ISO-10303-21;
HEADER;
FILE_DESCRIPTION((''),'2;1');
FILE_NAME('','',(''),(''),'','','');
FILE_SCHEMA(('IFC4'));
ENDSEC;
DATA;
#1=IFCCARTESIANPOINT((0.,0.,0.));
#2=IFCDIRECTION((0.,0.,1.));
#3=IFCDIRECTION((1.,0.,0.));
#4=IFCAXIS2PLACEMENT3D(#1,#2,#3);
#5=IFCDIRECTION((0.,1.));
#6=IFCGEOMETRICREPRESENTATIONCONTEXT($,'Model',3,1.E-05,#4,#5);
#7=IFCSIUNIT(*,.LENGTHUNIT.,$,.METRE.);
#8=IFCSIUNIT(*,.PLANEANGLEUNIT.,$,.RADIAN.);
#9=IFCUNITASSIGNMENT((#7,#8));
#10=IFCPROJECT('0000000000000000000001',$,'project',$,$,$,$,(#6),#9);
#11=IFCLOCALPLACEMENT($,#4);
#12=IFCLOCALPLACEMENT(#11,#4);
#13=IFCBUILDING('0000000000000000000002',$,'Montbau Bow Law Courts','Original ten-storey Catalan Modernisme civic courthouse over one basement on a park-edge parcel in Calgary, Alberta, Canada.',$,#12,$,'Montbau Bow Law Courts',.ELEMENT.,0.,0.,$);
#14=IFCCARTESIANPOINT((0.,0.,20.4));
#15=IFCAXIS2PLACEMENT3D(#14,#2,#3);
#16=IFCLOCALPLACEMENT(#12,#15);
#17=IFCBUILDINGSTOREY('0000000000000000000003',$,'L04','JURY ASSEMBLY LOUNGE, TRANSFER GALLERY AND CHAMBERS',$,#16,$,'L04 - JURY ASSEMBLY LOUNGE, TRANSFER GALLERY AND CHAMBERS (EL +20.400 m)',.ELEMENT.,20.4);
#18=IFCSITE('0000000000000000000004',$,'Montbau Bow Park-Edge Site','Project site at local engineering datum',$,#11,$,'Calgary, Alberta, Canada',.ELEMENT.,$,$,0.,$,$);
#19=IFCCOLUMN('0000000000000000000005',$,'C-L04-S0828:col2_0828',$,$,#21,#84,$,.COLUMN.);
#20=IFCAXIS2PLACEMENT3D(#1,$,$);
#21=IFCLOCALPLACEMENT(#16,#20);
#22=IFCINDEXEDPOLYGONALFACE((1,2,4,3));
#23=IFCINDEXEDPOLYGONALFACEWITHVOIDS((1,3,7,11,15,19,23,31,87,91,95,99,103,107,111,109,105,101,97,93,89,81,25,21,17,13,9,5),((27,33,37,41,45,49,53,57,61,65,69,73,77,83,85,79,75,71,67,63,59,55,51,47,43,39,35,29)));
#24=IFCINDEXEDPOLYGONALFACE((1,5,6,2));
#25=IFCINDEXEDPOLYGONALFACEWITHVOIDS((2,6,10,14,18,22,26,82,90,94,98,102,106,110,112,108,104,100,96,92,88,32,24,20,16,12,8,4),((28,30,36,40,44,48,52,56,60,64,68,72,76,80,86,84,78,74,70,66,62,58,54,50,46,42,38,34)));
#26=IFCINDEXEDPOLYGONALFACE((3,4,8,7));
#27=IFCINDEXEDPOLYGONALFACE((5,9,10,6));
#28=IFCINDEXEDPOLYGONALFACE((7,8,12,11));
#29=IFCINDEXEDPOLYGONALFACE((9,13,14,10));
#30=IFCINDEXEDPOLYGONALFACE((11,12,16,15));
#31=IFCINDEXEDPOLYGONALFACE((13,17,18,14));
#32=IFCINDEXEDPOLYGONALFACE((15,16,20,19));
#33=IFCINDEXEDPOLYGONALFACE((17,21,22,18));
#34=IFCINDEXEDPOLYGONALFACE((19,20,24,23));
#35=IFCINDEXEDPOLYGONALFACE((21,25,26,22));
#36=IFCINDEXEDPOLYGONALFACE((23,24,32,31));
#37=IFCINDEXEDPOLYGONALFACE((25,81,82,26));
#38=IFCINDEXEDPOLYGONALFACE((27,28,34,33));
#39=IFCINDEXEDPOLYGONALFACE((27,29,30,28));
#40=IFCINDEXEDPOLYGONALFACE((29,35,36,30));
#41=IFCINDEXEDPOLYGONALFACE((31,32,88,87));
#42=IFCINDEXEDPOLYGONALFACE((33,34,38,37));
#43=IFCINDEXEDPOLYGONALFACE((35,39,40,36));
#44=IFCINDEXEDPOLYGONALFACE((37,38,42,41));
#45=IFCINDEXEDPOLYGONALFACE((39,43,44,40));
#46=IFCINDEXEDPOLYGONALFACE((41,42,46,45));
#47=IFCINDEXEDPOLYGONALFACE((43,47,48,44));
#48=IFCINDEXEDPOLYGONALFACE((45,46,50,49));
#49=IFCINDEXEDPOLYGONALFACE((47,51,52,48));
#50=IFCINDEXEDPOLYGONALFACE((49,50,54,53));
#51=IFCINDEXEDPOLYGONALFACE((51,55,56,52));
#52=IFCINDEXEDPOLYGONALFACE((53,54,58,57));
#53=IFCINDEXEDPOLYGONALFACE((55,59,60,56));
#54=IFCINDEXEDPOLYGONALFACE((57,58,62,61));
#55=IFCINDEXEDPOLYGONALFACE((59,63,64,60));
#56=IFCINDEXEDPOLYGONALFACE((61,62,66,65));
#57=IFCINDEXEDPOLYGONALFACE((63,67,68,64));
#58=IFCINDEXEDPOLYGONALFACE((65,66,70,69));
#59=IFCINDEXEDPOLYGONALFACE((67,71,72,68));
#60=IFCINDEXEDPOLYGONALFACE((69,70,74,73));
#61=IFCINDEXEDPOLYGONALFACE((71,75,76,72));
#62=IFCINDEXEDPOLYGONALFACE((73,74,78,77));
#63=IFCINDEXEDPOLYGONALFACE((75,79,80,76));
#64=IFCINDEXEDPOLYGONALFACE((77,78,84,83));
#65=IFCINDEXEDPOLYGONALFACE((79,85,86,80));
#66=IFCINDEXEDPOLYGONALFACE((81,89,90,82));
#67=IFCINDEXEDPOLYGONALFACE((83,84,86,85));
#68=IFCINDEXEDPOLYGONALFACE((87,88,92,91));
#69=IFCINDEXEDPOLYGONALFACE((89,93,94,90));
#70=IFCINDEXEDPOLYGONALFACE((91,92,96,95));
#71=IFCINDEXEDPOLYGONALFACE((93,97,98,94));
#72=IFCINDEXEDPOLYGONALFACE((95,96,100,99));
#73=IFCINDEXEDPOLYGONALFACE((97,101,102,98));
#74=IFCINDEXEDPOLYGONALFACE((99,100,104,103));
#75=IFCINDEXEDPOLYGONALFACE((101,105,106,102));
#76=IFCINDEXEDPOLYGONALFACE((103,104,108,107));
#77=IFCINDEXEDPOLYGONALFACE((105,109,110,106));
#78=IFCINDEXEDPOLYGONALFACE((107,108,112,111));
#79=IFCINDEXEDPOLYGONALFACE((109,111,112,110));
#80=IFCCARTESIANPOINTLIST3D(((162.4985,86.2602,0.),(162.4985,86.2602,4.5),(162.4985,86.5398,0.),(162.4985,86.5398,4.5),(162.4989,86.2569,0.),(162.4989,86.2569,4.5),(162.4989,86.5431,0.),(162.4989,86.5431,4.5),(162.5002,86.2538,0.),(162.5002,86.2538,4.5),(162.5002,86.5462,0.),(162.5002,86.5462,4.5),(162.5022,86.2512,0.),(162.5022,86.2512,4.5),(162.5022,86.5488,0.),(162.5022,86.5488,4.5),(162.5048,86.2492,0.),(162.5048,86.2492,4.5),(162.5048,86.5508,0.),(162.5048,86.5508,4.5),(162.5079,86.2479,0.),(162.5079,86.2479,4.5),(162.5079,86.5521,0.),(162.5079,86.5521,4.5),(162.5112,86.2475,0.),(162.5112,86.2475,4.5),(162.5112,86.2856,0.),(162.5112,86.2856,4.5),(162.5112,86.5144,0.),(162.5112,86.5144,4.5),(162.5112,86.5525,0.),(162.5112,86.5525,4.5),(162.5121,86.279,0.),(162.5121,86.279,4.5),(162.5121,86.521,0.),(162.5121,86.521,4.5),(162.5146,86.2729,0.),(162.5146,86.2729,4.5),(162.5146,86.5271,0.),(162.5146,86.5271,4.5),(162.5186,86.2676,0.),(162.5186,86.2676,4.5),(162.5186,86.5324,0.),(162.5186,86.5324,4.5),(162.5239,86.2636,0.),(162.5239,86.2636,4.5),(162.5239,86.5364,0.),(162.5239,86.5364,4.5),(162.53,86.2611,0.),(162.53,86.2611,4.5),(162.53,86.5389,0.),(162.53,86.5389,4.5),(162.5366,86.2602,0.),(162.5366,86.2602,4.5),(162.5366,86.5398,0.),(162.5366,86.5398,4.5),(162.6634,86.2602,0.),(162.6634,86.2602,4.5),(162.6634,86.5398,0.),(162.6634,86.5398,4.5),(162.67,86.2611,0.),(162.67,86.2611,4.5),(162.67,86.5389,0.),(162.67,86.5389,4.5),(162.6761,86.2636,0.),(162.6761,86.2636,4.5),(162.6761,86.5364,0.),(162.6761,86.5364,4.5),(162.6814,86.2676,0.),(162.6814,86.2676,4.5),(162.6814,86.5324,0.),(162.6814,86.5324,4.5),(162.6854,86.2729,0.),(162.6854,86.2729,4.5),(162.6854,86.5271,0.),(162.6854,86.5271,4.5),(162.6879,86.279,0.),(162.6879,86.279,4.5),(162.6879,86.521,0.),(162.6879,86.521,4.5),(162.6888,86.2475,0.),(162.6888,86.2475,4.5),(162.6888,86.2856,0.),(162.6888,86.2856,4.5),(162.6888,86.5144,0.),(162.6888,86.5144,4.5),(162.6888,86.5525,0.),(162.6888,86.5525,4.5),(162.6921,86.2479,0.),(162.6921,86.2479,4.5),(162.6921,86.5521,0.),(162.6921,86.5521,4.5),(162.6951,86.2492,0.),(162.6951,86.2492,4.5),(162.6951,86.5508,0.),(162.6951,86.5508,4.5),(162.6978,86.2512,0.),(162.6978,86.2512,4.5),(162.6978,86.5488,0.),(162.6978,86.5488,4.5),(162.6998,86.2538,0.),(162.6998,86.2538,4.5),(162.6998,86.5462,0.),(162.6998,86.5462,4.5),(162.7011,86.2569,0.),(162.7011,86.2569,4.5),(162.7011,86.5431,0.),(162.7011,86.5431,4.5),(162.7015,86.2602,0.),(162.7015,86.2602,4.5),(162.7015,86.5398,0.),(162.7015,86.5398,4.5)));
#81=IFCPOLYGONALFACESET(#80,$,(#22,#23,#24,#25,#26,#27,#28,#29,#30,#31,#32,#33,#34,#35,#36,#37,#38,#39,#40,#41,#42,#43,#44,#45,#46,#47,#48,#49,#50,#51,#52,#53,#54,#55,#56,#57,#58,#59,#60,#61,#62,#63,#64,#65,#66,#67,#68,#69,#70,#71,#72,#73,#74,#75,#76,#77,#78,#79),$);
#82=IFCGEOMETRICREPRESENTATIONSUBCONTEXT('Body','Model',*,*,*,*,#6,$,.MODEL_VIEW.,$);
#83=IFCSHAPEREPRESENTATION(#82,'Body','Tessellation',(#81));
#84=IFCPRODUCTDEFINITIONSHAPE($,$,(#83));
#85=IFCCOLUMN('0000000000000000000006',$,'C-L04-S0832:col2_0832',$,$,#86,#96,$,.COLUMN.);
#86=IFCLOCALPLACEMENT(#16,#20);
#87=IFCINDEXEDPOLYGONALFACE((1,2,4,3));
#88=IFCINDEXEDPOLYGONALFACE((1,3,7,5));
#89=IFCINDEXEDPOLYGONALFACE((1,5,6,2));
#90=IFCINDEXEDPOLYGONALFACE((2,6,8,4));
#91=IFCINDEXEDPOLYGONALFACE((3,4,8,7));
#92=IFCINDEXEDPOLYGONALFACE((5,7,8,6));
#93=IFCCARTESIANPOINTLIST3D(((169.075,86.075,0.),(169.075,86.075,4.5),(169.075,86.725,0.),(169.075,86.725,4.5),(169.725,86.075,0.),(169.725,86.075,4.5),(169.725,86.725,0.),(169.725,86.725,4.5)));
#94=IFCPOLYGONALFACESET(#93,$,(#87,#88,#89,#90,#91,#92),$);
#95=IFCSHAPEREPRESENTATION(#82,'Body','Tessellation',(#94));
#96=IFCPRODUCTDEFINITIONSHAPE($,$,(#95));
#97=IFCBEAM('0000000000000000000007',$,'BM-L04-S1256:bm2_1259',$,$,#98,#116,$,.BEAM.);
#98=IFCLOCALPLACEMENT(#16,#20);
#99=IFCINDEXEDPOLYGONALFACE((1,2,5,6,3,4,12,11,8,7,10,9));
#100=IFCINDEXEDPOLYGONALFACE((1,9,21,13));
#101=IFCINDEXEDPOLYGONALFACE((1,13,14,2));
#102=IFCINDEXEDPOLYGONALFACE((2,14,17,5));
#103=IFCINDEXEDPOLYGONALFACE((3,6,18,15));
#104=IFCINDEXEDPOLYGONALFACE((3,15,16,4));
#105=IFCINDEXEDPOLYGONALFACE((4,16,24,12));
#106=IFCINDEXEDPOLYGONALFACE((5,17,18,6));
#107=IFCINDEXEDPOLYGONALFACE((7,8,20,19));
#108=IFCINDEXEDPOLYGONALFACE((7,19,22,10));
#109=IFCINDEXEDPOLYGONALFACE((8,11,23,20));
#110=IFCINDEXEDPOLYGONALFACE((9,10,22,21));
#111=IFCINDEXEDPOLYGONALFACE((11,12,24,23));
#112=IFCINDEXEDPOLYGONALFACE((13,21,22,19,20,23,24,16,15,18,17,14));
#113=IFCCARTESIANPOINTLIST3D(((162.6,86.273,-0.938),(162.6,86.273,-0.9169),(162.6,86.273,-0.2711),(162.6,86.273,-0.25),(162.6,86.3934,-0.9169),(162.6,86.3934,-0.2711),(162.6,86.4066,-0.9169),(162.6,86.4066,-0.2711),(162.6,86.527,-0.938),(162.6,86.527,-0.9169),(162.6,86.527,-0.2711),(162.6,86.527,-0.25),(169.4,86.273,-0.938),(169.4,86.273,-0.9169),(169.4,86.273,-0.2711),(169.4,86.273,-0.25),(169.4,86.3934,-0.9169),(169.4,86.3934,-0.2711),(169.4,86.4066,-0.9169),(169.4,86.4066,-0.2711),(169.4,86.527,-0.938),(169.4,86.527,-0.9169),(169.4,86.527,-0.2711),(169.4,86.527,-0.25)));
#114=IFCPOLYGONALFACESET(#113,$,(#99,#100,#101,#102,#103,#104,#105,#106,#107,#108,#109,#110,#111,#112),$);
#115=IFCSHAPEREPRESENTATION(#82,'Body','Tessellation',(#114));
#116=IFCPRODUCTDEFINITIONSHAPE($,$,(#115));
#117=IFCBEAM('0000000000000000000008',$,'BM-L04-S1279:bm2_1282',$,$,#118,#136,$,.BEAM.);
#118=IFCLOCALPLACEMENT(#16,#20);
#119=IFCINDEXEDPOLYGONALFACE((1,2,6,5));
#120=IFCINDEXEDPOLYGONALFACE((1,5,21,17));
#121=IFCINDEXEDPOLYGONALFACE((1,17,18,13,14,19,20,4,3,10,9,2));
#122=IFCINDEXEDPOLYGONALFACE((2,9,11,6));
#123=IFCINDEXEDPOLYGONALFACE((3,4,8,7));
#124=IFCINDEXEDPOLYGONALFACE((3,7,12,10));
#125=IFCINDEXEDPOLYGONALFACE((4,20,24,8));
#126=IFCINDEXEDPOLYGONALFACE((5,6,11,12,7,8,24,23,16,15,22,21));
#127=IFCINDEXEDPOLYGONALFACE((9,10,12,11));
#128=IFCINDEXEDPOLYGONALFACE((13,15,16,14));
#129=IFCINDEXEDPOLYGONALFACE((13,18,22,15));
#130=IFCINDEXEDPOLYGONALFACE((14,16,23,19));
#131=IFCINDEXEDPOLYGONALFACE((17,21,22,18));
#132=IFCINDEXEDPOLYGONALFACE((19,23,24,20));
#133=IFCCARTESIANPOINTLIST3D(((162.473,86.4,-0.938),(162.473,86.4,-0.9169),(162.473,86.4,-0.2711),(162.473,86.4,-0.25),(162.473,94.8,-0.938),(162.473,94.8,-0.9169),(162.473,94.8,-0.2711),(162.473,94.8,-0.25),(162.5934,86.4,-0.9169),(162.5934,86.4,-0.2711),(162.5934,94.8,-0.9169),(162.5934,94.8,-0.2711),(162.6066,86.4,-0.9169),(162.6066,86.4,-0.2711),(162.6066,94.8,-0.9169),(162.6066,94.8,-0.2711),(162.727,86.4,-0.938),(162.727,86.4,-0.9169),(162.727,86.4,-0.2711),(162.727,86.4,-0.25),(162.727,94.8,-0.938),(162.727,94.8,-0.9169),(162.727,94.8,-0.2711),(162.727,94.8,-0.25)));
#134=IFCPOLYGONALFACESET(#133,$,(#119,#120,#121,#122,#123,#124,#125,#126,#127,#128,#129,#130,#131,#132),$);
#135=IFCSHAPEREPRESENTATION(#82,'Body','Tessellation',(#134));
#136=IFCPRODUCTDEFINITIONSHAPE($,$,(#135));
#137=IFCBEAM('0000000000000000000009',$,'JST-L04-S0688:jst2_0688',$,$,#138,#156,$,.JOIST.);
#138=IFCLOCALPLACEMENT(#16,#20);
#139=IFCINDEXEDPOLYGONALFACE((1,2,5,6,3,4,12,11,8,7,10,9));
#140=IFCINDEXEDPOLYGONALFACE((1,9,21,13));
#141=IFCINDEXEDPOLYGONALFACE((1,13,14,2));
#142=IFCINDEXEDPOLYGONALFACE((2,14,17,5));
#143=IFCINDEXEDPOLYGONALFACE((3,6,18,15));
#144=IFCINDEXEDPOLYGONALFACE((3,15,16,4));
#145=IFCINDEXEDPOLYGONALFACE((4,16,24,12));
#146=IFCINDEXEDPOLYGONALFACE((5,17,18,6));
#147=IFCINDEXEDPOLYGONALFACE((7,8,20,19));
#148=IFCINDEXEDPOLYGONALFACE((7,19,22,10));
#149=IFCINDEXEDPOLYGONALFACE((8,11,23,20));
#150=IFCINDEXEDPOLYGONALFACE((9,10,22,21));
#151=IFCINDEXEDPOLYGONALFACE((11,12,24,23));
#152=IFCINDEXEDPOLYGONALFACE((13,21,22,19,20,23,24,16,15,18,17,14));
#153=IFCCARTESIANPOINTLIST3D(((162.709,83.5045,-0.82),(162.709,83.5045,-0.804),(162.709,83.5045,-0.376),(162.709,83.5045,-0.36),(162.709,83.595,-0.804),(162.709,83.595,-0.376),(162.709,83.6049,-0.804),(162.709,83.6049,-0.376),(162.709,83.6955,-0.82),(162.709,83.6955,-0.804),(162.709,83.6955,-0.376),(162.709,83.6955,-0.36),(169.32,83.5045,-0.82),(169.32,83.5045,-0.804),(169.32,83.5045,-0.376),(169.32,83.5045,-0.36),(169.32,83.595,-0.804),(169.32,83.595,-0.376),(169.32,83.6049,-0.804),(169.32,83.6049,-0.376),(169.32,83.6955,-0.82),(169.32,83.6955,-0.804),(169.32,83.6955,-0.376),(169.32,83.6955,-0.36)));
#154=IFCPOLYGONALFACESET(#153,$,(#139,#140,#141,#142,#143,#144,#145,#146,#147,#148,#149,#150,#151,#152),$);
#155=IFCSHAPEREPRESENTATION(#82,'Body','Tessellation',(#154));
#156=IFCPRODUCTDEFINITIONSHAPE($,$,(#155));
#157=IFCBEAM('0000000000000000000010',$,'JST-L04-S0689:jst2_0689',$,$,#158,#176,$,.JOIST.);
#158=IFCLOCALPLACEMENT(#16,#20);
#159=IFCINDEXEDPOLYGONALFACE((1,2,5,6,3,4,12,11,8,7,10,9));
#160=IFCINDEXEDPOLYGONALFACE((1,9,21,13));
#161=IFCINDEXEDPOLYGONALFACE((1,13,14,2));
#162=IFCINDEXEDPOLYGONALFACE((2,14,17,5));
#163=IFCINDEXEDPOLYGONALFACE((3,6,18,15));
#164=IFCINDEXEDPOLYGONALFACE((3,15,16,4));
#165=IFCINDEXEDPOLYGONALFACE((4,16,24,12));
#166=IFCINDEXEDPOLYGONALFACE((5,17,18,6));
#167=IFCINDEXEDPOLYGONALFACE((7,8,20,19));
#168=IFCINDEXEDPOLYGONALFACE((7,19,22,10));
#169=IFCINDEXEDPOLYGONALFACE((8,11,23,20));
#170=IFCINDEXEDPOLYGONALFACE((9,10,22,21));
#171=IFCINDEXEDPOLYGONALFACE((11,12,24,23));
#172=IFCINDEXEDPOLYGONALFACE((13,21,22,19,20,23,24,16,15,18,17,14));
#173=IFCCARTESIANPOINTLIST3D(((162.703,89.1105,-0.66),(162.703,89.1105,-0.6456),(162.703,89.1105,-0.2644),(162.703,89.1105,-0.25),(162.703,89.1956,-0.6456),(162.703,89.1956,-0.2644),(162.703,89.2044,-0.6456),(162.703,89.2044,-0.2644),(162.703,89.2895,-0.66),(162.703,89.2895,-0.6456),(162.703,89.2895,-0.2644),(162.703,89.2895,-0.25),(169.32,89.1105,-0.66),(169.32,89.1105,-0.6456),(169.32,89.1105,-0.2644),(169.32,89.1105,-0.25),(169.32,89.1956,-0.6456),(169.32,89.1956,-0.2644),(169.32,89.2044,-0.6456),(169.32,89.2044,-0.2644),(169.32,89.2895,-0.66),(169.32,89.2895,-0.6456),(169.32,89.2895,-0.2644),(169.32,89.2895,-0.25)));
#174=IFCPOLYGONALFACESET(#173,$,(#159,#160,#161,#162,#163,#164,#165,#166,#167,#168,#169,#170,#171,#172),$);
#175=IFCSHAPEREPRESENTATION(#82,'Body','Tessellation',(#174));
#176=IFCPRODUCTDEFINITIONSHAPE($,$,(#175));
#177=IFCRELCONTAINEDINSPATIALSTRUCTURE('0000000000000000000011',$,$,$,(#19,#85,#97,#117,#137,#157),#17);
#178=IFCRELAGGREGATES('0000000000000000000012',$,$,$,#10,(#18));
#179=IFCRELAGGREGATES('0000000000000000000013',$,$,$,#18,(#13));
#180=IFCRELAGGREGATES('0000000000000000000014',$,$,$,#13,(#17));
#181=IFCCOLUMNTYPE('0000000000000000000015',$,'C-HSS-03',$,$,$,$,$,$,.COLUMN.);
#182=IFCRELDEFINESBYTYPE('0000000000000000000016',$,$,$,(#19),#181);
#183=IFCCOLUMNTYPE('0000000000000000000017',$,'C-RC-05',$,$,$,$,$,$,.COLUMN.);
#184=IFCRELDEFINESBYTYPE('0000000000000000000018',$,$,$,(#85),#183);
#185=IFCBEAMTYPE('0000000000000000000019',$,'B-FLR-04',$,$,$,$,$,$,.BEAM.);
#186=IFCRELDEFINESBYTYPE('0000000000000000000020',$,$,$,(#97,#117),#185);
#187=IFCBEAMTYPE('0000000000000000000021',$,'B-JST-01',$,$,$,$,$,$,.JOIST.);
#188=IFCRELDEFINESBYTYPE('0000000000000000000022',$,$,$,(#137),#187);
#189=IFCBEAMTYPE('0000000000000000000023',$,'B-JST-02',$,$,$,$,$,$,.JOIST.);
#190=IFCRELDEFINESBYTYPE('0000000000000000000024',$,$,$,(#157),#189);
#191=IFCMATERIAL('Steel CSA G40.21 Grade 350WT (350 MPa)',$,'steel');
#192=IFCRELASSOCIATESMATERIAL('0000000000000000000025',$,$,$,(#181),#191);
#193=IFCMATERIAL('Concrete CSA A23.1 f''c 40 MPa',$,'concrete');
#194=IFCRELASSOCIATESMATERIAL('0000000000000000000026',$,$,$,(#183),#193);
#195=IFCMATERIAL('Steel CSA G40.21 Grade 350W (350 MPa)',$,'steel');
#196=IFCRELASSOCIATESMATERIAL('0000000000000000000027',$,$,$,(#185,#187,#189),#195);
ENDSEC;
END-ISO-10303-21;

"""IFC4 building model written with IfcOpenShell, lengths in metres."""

from ifc_helpers import new_model, si_unit, direction, frame, origin_with_axes, origin_2d_with_axis, place, context, subcontext, project, spatial, rectangle, hollow_rectangle, i_section, extrude, material, material_profile, profile_set, type_object, element, save


model = new_model("IFC4")

# Units and contexts
model_context = context("Model", 3, precision=1e-05, world=origin_with_axes(), true_north=direction((0.0, 1.0)))
body_context = subcontext(model_context, "Body", "Model", "MODEL_VIEW")
ifc_project = project(units=[si_unit("LENGTHUNIT", "METRE"), si_unit("PLANEANGLEUNIT", "RADIAN")], contexts=[model_context])

# Site, building, storey
site_placement = place(None, origin_with_axes())
site = spatial("IfcSite", under=ifc_project, at=site_placement, Name="Montbau Bow Park-Edge Site", Description="Project site at local engineering datum", LongName="Calgary, Alberta, Canada", CompositionType="ELEMENT", RefElevation=0.0)
building_placement = place(site_placement, origin_with_axes())
building = spatial("IfcBuilding", under=site, at=building_placement, Name="Montbau Bow Law Courts", Description="Original ten-storey Catalan Modernisme civic courthouse over one basement on a park-edge parcel in Calgary, Alberta, Canada.", LongName="Montbau Bow Law Courts", CompositionType="ELEMENT", ElevationOfRefHeight=0.0, ElevationOfTerrain=0.0)
storey_placement = place(building_placement, frame((0.0, 0.0, 20.4), z_axis=(0.0, 0.0, 1.0), x_axis=(1.0, 0.0, 0.0)))
storey = spatial("IfcBuildingStorey", under=building, at=storey_placement, Name="L04", Description="JURY ASSEMBLY LOUNGE, TRANSFER GALLERY AND CHAMBERS", LongName="L04 - JURY ASSEMBLY LOUNGE, TRANSFER GALLERY AND CHAMBERS (EL +20.400 m)", CompositionType="ELEMENT", Elevation=20.4)

# Columns
ifc_material_1 = material(Name="Steel CSA G40.21 Grade 350WT (350 MPa)", Category="steel")
ifc_material_profile_1 = material_profile(ifc_material_1, hollow_rectangle(XDim=0.203, YDim=0.305, WallThickness=0.0127, InnerFilletRadius=0.0254, OuterFilletRadius=0.0127, at=origin_2d_with_axis()), Name="HSS305X203X13", Category="Main", Priority=0)
ifc_profile_set_1 = profile_set([ifc_material_profile_1], Name="Steel CSA G40.21 Grade 350WT (350 MPa)")
column_type_1 = type_object("IfcColumnType", Name="C-HSS-03", PredefinedType="COLUMN", material=ifc_profile_set_1)
column_1_placement = place(None, frame((162.6, 86.4, 20.4), z_axis=(0.0, 0.0, 1.0), x_axis=(1.0, 0.0, 0.0)))
element("IfcColumn", 1, at=column_1_placement, inside=storey, type_object=column_type_1, Name="C-L04-S0828:col2_0828", PredefinedType="COLUMN", context=body_context, shape_type="SweptSolid", body=[
    extrude(hollow_rectangle(XDim=0.203, YDim=0.305, WallThickness=0.0127, InnerFilletRadius=0.0254, OuterFilletRadius=0.0127, at=origin_2d_with_axis()), origin_with_axes(), (0.0, 0.0, 1.0), 4.5),
])
ifc_material_2 = material(Name="Concrete CSA A23.1 f'c 40 MPa", Category="concrete")
ifc_material_profile_2 = material_profile(ifc_material_2, rectangle(XDim=0.65, YDim=0.65, at=origin_2d_with_axis()), Name="RC650X650", Category="Main", Priority=0)
ifc_profile_set_2 = profile_set([ifc_material_profile_2], Name="Concrete CSA A23.1 f'c 40 MPa")
column_type_2 = type_object("IfcColumnType", Name="C-RC-05", PredefinedType="COLUMN", material=ifc_profile_set_2)
column_2_placement = place(None, frame((169.4, 86.4, 20.4), z_axis=(0.0, 0.0, 1.0), x_axis=(1.0, 0.0, 0.0)))
element("IfcColumn", 2, at=column_2_placement, inside=storey, type_object=column_type_2, Name="C-L04-S0832:col2_0832", PredefinedType="COLUMN", context=body_context, shape_type="SweptSolid", body=[
    extrude(rectangle(XDim=0.65, YDim=0.65, at=origin_2d_with_axis()), origin_with_axes(), (0.0, 0.0, 1.0), 4.5),
])

# Beams
ifc_material_3 = material(Name="Steel CSA G40.21 Grade 350W (350 MPa)", Category="steel")
ifc_material_profile_3 = material_profile(ifc_material_3, i_section(OverallWidth=0.254, OverallDepth=0.688, WebThickness=0.0131, FlangeThickness=0.0211, at=origin_2d_with_axis()), Name="W690X152", Category="Main", Priority=0)
ifc_profile_set_3 = profile_set([ifc_material_profile_3], Name="Steel CSA G40.21 Grade 350W (350 MPa)")
beam_type_1 = type_object("IfcBeamType", Name="B-FLR-04", PredefinedType="BEAM", material=ifc_profile_set_3)
beam_1_placement = place(None, frame((162.6, 86.4, 19.806), z_axis=(1.0, 0.0, 0.0), x_axis=(0.0, 1.0, 0.0)))
element("IfcBeam", 3, at=beam_1_placement, inside=storey, type_object=beam_type_1, Name="BM-L04-S1256:bm2_1259", PredefinedType="BEAM", context=body_context, shape_type="SweptSolid", body=[
    extrude(i_section(OverallWidth=0.254, OverallDepth=0.688, WebThickness=0.0131, FlangeThickness=0.0211, at=origin_2d_with_axis()), origin_with_axes(), (0.0, 0.0, 1.0), 6.8),
])
beam_2_placement = place(None, frame((162.6, 86.4, 19.806), z_axis=(0.0, 1.0, 0.0), x_axis=(-1.0, 0.0, 0.0)))
element("IfcBeam", 4, at=beam_2_placement, inside=storey, type_object=beam_type_1, Name="BM-L04-S1279:bm2_1282", PredefinedType="BEAM", context=body_context, shape_type="SweptSolid", body=[
    extrude(i_section(OverallWidth=0.254, OverallDepth=0.688, WebThickness=0.0131, FlangeThickness=0.0211, at=origin_2d_with_axis()), origin_with_axes(), (0.0, 0.0, 1.0), 8.4),
])
ifc_material_profile_4 = material_profile(ifc_material_3, i_section(OverallWidth=0.191, OverallDepth=0.46, WebThickness=0.0099, FlangeThickness=0.016, at=origin_2d_with_axis()), Name="W460X82", Category="Main", Priority=0)
ifc_profile_set_4 = profile_set([ifc_material_profile_4], Name="Steel CSA G40.21 Grade 350W (350 MPa)")
beam_type_2 = type_object("IfcBeamType", Name="B-JST-01", PredefinedType="JOIST", material=ifc_profile_set_4)
beam_3_placement = place(None, frame((162.709, 83.6, 19.81), z_axis=(1.0, 0.0, 0.0), x_axis=(0.0, 1.0, 0.0)))
element("IfcBeam", 5, at=beam_3_placement, inside=storey, type_object=beam_type_2, Name="JST-L04-S0688:jst2_0688", PredefinedType="JOIST", context=body_context, shape_type="SweptSolid", body=[
    extrude(i_section(OverallWidth=0.191, OverallDepth=0.46, WebThickness=0.0099, FlangeThickness=0.016, at=origin_2d_with_axis()), origin_with_axes(), (0.0, 0.0, 1.0), 6.611),
])
ifc_material_profile_5 = material_profile(ifc_material_3, i_section(OverallWidth=0.179, OverallDepth=0.41, WebThickness=0.0088, FlangeThickness=0.0144, at=origin_2d_with_axis()), Name="W410X67", Category="Main", Priority=0)
ifc_profile_set_5 = profile_set([ifc_material_profile_5], Name="Steel CSA G40.21 Grade 350W (350 MPa)")
beam_type_3 = type_object("IfcBeamType", Name="B-JST-02", PredefinedType="JOIST", material=ifc_profile_set_5)
beam_4_placement = place(None, frame((162.703, 89.2, 19.945), z_axis=(1.0, 0.0, 0.0), x_axis=(0.0, 1.0, 0.0)))
element("IfcBeam", 6, at=beam_4_placement, inside=storey, type_object=beam_type_3, Name="JST-L04-S0689:jst2_0689", PredefinedType="JOIST", context=body_context, shape_type="SweptSolid", body=[
    extrude(i_section(OverallWidth=0.179, OverallDepth=0.41, WebThickness=0.0088, FlangeThickness=0.0144, at=origin_2d_with_axis()), origin_with_axes(), (0.0, 0.0, 1.0), 6.617),
])

save(model, "model.ifc")
